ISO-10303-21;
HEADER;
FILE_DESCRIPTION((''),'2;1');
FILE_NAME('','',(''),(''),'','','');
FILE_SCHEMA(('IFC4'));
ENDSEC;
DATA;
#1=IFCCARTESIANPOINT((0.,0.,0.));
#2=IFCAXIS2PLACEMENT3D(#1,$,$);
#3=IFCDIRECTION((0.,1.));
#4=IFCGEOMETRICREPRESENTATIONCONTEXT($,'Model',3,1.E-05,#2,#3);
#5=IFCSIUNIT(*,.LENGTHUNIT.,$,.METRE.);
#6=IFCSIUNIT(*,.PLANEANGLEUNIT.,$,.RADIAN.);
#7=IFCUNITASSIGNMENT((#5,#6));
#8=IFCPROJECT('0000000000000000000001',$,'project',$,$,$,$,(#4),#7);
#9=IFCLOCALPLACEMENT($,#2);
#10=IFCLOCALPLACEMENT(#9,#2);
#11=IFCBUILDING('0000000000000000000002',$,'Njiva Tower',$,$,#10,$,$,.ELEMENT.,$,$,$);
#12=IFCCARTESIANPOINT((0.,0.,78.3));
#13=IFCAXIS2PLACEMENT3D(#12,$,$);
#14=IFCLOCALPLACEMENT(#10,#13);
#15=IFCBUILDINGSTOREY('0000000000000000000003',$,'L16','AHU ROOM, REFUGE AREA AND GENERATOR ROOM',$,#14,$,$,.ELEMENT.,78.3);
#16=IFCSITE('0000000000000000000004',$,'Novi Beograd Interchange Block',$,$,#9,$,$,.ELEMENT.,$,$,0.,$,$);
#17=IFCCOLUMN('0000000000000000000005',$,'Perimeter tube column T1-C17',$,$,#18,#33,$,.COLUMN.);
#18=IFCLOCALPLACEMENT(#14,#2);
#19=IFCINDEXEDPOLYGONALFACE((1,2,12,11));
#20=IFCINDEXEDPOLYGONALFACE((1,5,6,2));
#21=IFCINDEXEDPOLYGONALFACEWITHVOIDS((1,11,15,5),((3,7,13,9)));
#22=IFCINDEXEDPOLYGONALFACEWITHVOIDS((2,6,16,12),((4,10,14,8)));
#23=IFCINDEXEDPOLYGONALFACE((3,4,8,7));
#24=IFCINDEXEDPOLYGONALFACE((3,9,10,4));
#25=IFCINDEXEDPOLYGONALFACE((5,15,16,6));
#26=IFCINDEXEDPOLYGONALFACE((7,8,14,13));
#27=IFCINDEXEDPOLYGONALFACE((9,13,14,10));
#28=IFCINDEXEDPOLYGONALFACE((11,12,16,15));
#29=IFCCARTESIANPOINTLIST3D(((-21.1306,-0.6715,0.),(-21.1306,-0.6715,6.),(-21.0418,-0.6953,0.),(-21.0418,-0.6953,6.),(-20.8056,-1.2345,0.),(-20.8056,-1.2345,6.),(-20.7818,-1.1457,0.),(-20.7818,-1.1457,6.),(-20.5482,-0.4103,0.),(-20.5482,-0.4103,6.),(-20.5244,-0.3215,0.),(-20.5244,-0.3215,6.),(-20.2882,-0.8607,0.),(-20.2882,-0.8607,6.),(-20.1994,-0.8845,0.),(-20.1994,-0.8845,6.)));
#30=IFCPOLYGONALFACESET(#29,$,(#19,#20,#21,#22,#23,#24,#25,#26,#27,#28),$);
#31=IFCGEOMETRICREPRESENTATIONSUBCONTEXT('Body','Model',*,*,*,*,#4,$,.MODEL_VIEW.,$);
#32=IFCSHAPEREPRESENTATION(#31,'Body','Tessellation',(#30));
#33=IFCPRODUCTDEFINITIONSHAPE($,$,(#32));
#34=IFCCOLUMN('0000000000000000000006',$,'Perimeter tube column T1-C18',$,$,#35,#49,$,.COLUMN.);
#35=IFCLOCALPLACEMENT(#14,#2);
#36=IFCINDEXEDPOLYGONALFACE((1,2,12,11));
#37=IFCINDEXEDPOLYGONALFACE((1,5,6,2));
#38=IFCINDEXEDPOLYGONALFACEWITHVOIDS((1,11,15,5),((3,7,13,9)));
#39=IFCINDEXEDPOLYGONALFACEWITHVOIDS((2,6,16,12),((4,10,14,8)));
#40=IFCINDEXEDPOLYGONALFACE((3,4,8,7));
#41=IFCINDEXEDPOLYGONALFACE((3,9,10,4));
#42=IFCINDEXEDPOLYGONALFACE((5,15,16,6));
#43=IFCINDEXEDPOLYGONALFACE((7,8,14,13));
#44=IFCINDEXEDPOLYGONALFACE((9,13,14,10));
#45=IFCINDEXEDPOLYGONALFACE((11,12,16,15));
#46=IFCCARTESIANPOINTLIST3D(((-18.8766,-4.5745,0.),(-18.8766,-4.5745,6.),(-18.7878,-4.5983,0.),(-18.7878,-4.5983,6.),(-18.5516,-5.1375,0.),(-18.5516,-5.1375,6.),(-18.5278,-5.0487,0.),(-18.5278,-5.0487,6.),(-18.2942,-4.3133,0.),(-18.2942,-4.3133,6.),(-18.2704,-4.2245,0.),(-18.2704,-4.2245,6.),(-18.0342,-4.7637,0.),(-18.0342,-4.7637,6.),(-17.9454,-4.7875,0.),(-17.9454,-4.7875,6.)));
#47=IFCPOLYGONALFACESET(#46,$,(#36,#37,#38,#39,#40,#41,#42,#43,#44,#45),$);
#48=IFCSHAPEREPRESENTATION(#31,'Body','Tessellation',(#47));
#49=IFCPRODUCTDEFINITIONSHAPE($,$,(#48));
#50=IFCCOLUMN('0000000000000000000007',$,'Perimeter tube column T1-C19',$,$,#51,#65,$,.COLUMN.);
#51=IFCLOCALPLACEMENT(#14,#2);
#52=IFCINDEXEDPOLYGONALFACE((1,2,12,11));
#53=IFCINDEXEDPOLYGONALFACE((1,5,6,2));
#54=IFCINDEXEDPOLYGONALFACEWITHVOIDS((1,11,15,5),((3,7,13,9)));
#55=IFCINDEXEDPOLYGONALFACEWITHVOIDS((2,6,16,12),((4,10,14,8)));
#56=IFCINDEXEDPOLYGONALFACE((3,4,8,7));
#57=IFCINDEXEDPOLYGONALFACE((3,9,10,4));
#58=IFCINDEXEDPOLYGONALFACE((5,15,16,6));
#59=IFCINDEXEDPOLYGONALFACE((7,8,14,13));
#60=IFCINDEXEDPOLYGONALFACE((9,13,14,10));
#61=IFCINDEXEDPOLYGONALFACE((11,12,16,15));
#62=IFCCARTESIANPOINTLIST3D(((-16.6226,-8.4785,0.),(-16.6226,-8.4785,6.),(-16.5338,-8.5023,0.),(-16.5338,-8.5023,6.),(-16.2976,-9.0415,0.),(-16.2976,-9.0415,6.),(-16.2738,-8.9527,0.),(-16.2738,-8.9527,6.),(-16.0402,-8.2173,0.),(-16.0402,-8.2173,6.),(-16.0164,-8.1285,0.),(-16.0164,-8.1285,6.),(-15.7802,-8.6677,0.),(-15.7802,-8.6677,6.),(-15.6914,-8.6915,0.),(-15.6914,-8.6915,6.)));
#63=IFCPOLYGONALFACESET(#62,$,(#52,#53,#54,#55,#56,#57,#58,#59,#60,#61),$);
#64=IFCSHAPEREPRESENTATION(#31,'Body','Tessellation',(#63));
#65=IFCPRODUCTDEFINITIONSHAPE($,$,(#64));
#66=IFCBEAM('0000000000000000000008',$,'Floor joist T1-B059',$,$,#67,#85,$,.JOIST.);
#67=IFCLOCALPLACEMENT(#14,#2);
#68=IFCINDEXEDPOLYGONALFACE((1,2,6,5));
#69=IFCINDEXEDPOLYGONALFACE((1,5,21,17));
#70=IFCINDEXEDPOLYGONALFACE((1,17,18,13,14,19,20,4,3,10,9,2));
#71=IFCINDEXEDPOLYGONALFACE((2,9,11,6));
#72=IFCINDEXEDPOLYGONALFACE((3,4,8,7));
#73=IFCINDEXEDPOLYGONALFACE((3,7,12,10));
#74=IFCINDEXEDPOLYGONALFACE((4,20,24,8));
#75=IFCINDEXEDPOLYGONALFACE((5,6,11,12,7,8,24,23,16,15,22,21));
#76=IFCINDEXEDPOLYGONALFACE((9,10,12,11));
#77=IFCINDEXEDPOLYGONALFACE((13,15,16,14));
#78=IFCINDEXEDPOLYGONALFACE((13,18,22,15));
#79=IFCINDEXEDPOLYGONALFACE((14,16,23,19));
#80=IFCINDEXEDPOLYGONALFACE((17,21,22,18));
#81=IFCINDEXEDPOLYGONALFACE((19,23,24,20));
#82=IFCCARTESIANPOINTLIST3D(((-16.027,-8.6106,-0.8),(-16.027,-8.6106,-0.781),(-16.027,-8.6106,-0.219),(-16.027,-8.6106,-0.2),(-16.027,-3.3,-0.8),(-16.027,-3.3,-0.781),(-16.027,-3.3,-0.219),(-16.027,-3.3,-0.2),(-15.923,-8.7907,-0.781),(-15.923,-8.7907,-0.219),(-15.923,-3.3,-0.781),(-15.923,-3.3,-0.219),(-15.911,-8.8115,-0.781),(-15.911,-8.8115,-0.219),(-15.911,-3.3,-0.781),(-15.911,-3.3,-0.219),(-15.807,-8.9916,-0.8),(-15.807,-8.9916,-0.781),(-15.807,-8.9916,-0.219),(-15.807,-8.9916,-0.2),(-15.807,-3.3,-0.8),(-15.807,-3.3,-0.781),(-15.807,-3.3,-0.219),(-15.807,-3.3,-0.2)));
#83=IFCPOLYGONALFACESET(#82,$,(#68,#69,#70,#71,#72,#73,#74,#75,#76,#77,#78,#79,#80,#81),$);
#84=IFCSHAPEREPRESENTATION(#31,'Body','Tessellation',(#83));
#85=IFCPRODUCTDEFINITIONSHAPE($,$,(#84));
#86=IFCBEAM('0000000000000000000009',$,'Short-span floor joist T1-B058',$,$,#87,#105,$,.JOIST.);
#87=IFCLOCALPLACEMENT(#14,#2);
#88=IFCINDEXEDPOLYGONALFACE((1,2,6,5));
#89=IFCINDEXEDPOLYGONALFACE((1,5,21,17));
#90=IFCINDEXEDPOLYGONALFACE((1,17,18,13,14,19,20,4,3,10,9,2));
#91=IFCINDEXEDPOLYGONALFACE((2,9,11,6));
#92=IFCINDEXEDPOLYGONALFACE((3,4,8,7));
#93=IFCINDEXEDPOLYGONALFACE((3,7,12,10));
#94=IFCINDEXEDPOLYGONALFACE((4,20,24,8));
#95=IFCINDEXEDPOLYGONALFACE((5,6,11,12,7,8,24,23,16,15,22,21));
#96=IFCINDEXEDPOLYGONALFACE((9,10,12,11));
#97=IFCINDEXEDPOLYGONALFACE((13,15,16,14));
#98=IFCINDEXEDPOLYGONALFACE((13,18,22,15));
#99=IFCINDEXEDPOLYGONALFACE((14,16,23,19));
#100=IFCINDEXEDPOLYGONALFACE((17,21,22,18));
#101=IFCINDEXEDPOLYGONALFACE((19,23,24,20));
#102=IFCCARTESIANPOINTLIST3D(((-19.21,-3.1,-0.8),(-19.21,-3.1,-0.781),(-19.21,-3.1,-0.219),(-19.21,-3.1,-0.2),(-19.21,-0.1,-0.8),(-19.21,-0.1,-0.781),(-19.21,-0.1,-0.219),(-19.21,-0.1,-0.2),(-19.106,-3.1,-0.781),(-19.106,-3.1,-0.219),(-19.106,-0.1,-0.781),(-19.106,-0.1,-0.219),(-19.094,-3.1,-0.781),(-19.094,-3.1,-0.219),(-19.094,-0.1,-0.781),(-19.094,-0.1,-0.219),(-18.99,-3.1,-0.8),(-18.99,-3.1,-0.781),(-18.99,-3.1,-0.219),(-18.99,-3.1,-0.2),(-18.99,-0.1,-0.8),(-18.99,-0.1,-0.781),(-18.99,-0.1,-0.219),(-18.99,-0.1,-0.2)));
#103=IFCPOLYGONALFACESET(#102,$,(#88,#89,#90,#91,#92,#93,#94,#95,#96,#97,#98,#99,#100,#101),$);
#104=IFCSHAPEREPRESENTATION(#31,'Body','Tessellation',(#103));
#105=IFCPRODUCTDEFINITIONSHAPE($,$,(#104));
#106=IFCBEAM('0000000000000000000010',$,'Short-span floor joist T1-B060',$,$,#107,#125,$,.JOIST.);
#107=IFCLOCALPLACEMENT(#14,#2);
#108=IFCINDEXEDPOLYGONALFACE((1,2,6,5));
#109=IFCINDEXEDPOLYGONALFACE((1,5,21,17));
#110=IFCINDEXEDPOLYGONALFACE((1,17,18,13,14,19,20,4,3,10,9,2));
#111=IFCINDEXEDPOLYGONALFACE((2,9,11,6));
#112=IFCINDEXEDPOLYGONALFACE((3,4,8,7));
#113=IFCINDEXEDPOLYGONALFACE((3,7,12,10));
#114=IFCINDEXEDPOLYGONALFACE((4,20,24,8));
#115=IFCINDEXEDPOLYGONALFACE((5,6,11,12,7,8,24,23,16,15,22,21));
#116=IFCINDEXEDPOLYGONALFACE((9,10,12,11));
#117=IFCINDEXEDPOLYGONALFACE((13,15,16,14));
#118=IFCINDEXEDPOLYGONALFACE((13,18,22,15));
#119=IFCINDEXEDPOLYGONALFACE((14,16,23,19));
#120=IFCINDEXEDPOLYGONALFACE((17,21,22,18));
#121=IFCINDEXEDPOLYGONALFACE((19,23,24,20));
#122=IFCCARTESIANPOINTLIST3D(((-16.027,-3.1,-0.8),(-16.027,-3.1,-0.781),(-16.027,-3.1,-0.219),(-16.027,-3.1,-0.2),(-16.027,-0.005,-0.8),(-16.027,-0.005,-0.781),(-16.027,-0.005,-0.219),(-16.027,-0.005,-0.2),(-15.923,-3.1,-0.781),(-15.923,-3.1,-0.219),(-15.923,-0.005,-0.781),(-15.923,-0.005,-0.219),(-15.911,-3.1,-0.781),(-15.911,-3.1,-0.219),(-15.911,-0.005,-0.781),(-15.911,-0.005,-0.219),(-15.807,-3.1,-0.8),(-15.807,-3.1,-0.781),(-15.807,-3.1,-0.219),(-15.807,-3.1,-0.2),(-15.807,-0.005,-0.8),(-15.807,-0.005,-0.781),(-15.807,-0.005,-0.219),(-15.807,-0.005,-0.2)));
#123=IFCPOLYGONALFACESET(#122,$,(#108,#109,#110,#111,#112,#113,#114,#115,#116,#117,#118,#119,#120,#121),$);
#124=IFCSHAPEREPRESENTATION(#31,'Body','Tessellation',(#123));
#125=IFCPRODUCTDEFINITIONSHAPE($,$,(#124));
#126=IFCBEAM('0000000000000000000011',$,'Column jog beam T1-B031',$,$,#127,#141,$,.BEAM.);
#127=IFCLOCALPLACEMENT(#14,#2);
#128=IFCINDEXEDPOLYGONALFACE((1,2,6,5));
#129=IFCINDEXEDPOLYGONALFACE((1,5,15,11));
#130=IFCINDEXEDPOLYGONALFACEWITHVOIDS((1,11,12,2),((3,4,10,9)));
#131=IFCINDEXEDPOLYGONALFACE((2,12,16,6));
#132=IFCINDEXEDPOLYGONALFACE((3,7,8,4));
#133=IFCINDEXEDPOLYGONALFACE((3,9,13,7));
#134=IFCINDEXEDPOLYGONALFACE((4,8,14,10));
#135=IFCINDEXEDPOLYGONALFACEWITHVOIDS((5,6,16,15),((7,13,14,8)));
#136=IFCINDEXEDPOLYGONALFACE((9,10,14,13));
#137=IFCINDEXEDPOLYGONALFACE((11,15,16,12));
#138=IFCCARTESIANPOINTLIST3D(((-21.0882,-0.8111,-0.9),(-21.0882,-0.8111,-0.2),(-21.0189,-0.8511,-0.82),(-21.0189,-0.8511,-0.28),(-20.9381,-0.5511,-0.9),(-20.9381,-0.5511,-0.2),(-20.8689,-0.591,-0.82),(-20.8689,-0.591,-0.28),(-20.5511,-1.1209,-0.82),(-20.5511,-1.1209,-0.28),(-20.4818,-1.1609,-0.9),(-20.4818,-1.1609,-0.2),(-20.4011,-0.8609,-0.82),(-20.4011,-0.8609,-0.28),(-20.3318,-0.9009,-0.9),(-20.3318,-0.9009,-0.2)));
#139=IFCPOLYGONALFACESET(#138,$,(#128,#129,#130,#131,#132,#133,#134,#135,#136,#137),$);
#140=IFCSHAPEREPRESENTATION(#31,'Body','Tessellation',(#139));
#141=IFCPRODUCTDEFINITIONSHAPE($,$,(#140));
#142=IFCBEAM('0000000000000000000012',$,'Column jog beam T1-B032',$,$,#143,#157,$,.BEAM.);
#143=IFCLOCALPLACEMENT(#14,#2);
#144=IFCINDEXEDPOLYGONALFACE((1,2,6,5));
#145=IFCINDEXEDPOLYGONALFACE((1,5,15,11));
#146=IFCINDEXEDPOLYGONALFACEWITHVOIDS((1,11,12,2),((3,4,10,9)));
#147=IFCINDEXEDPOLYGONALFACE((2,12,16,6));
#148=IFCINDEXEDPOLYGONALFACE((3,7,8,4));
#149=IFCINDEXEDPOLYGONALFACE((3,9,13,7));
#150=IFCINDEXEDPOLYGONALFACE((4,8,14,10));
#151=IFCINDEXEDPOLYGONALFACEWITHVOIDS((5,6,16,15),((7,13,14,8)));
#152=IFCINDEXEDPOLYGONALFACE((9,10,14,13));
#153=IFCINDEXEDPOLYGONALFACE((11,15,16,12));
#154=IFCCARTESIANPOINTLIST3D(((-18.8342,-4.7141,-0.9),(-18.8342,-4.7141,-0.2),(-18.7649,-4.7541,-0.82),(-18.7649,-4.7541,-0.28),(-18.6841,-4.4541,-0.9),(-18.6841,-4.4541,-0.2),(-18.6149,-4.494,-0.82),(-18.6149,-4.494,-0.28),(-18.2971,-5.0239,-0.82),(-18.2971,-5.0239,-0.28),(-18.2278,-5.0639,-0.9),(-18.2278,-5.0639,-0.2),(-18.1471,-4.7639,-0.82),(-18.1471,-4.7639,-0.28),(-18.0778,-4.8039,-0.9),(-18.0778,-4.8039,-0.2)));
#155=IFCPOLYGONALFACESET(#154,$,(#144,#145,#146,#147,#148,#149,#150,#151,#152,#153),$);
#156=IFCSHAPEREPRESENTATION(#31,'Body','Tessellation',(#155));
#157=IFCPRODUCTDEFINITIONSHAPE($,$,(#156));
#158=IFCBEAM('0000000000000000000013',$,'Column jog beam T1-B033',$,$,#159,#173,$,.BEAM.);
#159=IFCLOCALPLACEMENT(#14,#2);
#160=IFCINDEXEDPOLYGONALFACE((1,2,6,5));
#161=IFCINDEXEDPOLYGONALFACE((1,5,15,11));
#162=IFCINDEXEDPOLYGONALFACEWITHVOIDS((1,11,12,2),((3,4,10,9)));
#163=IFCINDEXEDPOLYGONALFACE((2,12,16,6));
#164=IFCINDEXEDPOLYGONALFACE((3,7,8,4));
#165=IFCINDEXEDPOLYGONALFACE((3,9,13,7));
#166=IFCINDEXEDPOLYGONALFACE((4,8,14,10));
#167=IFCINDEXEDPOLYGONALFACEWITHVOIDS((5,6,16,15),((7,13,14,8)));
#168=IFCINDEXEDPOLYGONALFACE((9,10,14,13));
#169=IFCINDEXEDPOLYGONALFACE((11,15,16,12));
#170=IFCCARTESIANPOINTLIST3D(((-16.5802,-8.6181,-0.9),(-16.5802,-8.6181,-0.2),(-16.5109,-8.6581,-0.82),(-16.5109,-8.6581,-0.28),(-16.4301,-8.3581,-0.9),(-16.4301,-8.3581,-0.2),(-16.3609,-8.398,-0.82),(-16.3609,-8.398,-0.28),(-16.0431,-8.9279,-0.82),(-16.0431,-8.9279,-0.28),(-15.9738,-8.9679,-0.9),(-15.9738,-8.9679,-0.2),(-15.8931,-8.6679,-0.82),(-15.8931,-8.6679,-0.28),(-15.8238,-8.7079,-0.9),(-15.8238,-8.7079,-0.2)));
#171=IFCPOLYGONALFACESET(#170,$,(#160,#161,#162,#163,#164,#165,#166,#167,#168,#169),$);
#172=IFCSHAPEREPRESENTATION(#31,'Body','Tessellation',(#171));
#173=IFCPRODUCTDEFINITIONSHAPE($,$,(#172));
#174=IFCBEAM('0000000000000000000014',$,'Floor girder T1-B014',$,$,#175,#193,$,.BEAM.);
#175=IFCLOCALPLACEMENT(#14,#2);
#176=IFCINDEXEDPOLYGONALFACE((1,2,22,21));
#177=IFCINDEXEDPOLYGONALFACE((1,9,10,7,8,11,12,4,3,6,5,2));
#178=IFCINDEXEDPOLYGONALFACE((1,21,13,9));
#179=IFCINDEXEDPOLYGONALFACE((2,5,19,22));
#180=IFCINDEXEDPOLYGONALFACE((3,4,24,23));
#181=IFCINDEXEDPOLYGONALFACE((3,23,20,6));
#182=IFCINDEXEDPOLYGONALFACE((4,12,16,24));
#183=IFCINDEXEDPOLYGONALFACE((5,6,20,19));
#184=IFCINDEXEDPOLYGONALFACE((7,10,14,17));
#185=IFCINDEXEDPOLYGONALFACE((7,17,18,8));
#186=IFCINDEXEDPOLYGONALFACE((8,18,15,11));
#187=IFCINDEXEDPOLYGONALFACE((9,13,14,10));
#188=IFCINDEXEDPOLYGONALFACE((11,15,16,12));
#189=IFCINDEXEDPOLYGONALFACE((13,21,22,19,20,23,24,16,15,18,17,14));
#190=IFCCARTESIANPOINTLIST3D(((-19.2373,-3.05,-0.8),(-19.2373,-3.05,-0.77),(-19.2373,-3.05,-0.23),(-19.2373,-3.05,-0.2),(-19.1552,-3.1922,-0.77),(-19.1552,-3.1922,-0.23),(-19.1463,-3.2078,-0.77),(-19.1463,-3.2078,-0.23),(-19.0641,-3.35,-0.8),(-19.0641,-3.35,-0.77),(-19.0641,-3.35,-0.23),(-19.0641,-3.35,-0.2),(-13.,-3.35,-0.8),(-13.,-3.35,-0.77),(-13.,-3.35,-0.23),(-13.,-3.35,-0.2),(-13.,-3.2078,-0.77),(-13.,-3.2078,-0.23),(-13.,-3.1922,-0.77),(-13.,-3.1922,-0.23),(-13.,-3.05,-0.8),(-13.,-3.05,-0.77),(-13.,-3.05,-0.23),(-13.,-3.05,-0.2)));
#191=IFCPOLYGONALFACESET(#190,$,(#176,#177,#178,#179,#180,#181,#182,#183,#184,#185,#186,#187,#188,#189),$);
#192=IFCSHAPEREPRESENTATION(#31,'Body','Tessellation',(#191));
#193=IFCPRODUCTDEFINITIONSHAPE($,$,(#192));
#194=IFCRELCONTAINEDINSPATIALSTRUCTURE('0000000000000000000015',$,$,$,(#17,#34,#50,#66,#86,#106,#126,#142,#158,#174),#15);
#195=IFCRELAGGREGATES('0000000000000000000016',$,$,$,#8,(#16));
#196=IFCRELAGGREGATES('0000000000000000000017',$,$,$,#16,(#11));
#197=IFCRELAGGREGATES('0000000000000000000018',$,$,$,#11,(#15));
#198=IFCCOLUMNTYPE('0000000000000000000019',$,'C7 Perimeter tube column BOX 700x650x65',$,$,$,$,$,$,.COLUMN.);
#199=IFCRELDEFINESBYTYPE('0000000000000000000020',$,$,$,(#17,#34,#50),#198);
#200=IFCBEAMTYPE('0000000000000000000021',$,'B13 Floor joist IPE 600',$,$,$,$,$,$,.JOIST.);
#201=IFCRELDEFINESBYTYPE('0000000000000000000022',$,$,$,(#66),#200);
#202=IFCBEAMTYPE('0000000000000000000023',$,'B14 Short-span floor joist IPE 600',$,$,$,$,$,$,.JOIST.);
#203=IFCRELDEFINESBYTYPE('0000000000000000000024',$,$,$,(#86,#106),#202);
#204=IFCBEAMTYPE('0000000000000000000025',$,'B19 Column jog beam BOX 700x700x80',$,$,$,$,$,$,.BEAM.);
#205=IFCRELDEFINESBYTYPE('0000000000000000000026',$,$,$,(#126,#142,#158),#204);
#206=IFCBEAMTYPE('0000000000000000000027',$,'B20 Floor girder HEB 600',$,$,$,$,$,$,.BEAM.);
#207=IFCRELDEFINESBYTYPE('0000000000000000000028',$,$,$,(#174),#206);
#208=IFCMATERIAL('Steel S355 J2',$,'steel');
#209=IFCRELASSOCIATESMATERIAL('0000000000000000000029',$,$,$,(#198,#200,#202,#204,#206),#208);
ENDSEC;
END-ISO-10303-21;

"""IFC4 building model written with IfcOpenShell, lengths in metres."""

from ifc_helpers import new_model, si_unit, direction, frame, origin, origin_2d, place, context, subcontext, project, spatial, hollow_rectangle, i_section, extrude, clip, halfspace, material, material_profile, profile_set, type_object, element, save


model = new_model("IFC4")

# Units and contexts
model_context = context("Model", 3, precision=1e-05, world=origin(), true_north=direction((0.0, 1.0)))
body_context = subcontext(model_context, "Body", "Model", "MODEL_VIEW")
ifc_project = project(units=[si_unit("LENGTHUNIT", "METRE"), si_unit("PLANEANGLEUNIT", "RADIAN")], contexts=[model_context])

# Site, building, storey
site_placement = place(None, origin())
site = spatial("IfcSite", under=ifc_project, at=site_placement, Name="Novi Beograd Interchange Block", CompositionType="ELEMENT", RefElevation=0.0)
building_placement = place(site_placement, origin())
building = spatial("IfcBuilding", under=site, at=building_placement, Name="Njiva Tower", CompositionType="ELEMENT")
storey_placement = place(building_placement, frame((0.0, 0.0, 78.3)))
storey = spatial("IfcBuildingStorey", under=building, at=storey_placement, Name="L16", Description="AHU ROOM, REFUGE AREA AND GENERATOR ROOM", CompositionType="ELEMENT", Elevation=78.3)

# Columns
ifc_material_1 = material(Name="Steel S355 J2", Category="steel")
ifc_material_profile_1 = material_profile(ifc_material_1, hollow_rectangle(XDim=0.65, YDim=0.7, WallThickness=0.065, at=origin_2d()), Name="BOX 700x650x65")
ifc_profile_set_1 = profile_set([ifc_material_profile_1], Name="Steel S355 J2")
column_type = type_object("IfcColumnType", Name="C7 Perimeter tube column BOX 700x650x65", PredefinedType="COLUMN", material=ifc_profile_set_1)
for number, where, z_axis, x_axis, name in (
    (1, (-20.665, -0.778, 0.0), (0.0, 0.0, 1.0), (0.5, -0.866025, 0.0), "Perimeter tube column T1-C17"),
    (2, (-18.411, -4.681, 0.0), (0.0, 0.0, 1.0), (0.5, -0.866025, 0.0), "Perimeter tube column T1-C18"),
    (3, (-16.157, -8.585, 0.0), (0.0, 0.0, 1.0), (0.5, -0.866025, 0.0), "Perimeter tube column T1-C19"),
):
    element("IfcColumn", number, at=place(storey_placement, frame(where, z_axis=z_axis, x_axis=x_axis)), inside=storey, type_object=column_type, Name=name, PredefinedType="COLUMN", context=body_context, shape_type="SweptSolid", body=[
        extrude(hollow_rectangle(XDim=0.65, YDim=0.7, WallThickness=0.065, at=origin_2d()), origin(), (0.0, 0.0, 1.0), 6.0),
    ])

# Beams
ifc_material_profile_2 = material_profile(ifc_material_1, i_section(OverallWidth=0.22, OverallDepth=0.6, WebThickness=0.012, FlangeThickness=0.019, at=origin_2d()), Name="IPE 600")
ifc_profile_set_2 = profile_set([ifc_material_profile_2], Name="Steel S355 J2")
beam_type_1 = type_object("IfcBeamType", Name="B13 Floor joist IPE 600", PredefinedType="JOIST", material=ifc_profile_set_2)
beam_1_placement = place(storey_placement, frame((-15.917, -3.3, -0.5), z_axis=(0.0, -1.0, 0.0), x_axis=(1.0, 0.0, 0.0)))
element("IfcBeam", 4, at=beam_1_placement, inside=storey, type_object=beam_type_1, Name="Floor joist T1-B059", PredefinedType="JOIST", context=body_context, shape_type="Clipping", body=[
    clip(extrude(i_section(OverallWidth=0.22, OverallDepth=0.6, WebThickness=0.012, FlangeThickness=0.019, at=origin_2d()), origin(), (0.0, 0.0, 1.0), 5.713), halfspace(frame((-0.043, 0.0, 5.4266), z_axis=(-0.866027, 0.0, 0.499998), x_axis=(0.0, 1.0, 0.0)), False)),
])
ifc_material_profile_3 = material_profile(ifc_material_1, i_section(OverallWidth=0.22, OverallDepth=0.6, WebThickness=0.012, FlangeThickness=0.019, at=origin_2d()), Name="IPE 600")
ifc_profile_set_3 = profile_set([ifc_material_profile_3], Name="Steel S355 J2")
beam_type_2 = type_object("IfcBeamType", Name="B14 Short-span floor joist IPE 600", PredefinedType="JOIST", material=ifc_profile_set_3)
beam_2_placement = place(storey_placement, frame((-19.1, -0.1, -0.5), z_axis=(0.0, -1.0, 0.0), x_axis=(1.0, 0.0, 0.0)))
element("IfcBeam", 5, at=beam_2_placement, inside=storey, type_object=beam_type_2, Name="Short-span floor joist T1-B058", PredefinedType="JOIST", context=body_context, shape_type="SweptSolid", body=[
    extrude(i_section(OverallWidth=0.22, OverallDepth=0.6, WebThickness=0.012, FlangeThickness=0.019, at=origin_2d()), origin(), (0.0, 0.0, 1.0), 3.0),
])
beam_3_placement = place(storey_placement, frame((-15.917, -0.005, -0.5), z_axis=(0.0, -1.0, 0.0), x_axis=(1.0, 0.0, 0.0)))
element("IfcBeam", 6, at=beam_3_placement, inside=storey, type_object=beam_type_2, Name="Short-span floor joist T1-B060", PredefinedType="JOIST", context=body_context, shape_type="SweptSolid", body=[
    extrude(i_section(OverallWidth=0.22, OverallDepth=0.6, WebThickness=0.012, FlangeThickness=0.019, at=origin_2d()), origin(), (0.0, 0.0, 1.0), 3.095),
])
ifc_material_profile_4 = material_profile(ifc_material_1, hollow_rectangle(XDim=0.7, YDim=0.7, WallThickness=0.08, at=origin_2d()), Name="BOX 700x700x80")
ifc_profile_set_4 = profile_set([ifc_material_profile_4], Name="Steel S355 J2")
beam_type_3 = type_object("IfcBeamType", Name="B19 Column jog beam BOX 700x700x80", PredefinedType="BEAM", material=ifc_profile_set_4)
for number, where, z_axis, x_axis, name in (
    (7, (-20.785, -0.986, -0.55), (0.499722, 0.866186, 0.0), (-0.866186, 0.499722, 0.0), "Column jog beam T1-B031"),
    (8, (-18.531, -4.889, -0.55), (0.499722, 0.866186, 0.0), (-0.866186, 0.499722, 0.0), "Column jog beam T1-B032"),
    (9, (-16.277, -8.793, -0.55), (0.499722, 0.866186, 0.0), (-0.866186, 0.499722, 0.0), "Column jog beam T1-B033"),
):
    element("IfcBeam", number, at=place(storey_placement, frame(where, z_axis=z_axis, x_axis=x_axis)), inside=storey, type_object=beam_type_3, Name=name, PredefinedType="BEAM", context=body_context, shape_type="SweptSolid", body=[
        extrude(hollow_rectangle(XDim=0.7, YDim=0.7, WallThickness=0.08, at=origin_2d()), origin(), (0.0, 0.0, 1.0), 0.3002),
    ])
ifc_material_profile_5 = material_profile(ifc_material_1, i_section(OverallWidth=0.3, OverallDepth=0.6, WebThickness=0.0155, FlangeThickness=0.03, at=origin_2d()), Name="HEB 600")
ifc_profile_set_5 = profile_set([ifc_material_profile_5], Name="Steel S355 J2")
beam_type_4 = type_object("IfcBeamType", Name="B20 Floor girder HEB 600", PredefinedType="BEAM", material=ifc_profile_set_5)
beam_4_placement = place(storey_placement, frame((-19.258, -3.2, -0.5), z_axis=(1.0, 0.0, 0.0), x_axis=(0.0, 1.0, 0.0)))
element("IfcBeam", 10, at=beam_4_placement, inside=storey, type_object=beam_type_4, Name="Floor girder T1-B014", PredefinedType="BEAM", context=body_context, shape_type="Clipping", body=[
    clip(extrude(i_section(OverallWidth=0.3, OverallDepth=0.6, WebThickness=0.0155, FlangeThickness=0.03, at=origin_2d()), origin(), (0.0, 0.0, 1.0), 6.258), halfspace(frame((-0.025, 0.0, 0.1217), z_axis=(-0.499998, 0.0, -0.866027), x_axis=(0.0, -1.0, 0.0)), False)),
])

save(model, "model.ifc")
